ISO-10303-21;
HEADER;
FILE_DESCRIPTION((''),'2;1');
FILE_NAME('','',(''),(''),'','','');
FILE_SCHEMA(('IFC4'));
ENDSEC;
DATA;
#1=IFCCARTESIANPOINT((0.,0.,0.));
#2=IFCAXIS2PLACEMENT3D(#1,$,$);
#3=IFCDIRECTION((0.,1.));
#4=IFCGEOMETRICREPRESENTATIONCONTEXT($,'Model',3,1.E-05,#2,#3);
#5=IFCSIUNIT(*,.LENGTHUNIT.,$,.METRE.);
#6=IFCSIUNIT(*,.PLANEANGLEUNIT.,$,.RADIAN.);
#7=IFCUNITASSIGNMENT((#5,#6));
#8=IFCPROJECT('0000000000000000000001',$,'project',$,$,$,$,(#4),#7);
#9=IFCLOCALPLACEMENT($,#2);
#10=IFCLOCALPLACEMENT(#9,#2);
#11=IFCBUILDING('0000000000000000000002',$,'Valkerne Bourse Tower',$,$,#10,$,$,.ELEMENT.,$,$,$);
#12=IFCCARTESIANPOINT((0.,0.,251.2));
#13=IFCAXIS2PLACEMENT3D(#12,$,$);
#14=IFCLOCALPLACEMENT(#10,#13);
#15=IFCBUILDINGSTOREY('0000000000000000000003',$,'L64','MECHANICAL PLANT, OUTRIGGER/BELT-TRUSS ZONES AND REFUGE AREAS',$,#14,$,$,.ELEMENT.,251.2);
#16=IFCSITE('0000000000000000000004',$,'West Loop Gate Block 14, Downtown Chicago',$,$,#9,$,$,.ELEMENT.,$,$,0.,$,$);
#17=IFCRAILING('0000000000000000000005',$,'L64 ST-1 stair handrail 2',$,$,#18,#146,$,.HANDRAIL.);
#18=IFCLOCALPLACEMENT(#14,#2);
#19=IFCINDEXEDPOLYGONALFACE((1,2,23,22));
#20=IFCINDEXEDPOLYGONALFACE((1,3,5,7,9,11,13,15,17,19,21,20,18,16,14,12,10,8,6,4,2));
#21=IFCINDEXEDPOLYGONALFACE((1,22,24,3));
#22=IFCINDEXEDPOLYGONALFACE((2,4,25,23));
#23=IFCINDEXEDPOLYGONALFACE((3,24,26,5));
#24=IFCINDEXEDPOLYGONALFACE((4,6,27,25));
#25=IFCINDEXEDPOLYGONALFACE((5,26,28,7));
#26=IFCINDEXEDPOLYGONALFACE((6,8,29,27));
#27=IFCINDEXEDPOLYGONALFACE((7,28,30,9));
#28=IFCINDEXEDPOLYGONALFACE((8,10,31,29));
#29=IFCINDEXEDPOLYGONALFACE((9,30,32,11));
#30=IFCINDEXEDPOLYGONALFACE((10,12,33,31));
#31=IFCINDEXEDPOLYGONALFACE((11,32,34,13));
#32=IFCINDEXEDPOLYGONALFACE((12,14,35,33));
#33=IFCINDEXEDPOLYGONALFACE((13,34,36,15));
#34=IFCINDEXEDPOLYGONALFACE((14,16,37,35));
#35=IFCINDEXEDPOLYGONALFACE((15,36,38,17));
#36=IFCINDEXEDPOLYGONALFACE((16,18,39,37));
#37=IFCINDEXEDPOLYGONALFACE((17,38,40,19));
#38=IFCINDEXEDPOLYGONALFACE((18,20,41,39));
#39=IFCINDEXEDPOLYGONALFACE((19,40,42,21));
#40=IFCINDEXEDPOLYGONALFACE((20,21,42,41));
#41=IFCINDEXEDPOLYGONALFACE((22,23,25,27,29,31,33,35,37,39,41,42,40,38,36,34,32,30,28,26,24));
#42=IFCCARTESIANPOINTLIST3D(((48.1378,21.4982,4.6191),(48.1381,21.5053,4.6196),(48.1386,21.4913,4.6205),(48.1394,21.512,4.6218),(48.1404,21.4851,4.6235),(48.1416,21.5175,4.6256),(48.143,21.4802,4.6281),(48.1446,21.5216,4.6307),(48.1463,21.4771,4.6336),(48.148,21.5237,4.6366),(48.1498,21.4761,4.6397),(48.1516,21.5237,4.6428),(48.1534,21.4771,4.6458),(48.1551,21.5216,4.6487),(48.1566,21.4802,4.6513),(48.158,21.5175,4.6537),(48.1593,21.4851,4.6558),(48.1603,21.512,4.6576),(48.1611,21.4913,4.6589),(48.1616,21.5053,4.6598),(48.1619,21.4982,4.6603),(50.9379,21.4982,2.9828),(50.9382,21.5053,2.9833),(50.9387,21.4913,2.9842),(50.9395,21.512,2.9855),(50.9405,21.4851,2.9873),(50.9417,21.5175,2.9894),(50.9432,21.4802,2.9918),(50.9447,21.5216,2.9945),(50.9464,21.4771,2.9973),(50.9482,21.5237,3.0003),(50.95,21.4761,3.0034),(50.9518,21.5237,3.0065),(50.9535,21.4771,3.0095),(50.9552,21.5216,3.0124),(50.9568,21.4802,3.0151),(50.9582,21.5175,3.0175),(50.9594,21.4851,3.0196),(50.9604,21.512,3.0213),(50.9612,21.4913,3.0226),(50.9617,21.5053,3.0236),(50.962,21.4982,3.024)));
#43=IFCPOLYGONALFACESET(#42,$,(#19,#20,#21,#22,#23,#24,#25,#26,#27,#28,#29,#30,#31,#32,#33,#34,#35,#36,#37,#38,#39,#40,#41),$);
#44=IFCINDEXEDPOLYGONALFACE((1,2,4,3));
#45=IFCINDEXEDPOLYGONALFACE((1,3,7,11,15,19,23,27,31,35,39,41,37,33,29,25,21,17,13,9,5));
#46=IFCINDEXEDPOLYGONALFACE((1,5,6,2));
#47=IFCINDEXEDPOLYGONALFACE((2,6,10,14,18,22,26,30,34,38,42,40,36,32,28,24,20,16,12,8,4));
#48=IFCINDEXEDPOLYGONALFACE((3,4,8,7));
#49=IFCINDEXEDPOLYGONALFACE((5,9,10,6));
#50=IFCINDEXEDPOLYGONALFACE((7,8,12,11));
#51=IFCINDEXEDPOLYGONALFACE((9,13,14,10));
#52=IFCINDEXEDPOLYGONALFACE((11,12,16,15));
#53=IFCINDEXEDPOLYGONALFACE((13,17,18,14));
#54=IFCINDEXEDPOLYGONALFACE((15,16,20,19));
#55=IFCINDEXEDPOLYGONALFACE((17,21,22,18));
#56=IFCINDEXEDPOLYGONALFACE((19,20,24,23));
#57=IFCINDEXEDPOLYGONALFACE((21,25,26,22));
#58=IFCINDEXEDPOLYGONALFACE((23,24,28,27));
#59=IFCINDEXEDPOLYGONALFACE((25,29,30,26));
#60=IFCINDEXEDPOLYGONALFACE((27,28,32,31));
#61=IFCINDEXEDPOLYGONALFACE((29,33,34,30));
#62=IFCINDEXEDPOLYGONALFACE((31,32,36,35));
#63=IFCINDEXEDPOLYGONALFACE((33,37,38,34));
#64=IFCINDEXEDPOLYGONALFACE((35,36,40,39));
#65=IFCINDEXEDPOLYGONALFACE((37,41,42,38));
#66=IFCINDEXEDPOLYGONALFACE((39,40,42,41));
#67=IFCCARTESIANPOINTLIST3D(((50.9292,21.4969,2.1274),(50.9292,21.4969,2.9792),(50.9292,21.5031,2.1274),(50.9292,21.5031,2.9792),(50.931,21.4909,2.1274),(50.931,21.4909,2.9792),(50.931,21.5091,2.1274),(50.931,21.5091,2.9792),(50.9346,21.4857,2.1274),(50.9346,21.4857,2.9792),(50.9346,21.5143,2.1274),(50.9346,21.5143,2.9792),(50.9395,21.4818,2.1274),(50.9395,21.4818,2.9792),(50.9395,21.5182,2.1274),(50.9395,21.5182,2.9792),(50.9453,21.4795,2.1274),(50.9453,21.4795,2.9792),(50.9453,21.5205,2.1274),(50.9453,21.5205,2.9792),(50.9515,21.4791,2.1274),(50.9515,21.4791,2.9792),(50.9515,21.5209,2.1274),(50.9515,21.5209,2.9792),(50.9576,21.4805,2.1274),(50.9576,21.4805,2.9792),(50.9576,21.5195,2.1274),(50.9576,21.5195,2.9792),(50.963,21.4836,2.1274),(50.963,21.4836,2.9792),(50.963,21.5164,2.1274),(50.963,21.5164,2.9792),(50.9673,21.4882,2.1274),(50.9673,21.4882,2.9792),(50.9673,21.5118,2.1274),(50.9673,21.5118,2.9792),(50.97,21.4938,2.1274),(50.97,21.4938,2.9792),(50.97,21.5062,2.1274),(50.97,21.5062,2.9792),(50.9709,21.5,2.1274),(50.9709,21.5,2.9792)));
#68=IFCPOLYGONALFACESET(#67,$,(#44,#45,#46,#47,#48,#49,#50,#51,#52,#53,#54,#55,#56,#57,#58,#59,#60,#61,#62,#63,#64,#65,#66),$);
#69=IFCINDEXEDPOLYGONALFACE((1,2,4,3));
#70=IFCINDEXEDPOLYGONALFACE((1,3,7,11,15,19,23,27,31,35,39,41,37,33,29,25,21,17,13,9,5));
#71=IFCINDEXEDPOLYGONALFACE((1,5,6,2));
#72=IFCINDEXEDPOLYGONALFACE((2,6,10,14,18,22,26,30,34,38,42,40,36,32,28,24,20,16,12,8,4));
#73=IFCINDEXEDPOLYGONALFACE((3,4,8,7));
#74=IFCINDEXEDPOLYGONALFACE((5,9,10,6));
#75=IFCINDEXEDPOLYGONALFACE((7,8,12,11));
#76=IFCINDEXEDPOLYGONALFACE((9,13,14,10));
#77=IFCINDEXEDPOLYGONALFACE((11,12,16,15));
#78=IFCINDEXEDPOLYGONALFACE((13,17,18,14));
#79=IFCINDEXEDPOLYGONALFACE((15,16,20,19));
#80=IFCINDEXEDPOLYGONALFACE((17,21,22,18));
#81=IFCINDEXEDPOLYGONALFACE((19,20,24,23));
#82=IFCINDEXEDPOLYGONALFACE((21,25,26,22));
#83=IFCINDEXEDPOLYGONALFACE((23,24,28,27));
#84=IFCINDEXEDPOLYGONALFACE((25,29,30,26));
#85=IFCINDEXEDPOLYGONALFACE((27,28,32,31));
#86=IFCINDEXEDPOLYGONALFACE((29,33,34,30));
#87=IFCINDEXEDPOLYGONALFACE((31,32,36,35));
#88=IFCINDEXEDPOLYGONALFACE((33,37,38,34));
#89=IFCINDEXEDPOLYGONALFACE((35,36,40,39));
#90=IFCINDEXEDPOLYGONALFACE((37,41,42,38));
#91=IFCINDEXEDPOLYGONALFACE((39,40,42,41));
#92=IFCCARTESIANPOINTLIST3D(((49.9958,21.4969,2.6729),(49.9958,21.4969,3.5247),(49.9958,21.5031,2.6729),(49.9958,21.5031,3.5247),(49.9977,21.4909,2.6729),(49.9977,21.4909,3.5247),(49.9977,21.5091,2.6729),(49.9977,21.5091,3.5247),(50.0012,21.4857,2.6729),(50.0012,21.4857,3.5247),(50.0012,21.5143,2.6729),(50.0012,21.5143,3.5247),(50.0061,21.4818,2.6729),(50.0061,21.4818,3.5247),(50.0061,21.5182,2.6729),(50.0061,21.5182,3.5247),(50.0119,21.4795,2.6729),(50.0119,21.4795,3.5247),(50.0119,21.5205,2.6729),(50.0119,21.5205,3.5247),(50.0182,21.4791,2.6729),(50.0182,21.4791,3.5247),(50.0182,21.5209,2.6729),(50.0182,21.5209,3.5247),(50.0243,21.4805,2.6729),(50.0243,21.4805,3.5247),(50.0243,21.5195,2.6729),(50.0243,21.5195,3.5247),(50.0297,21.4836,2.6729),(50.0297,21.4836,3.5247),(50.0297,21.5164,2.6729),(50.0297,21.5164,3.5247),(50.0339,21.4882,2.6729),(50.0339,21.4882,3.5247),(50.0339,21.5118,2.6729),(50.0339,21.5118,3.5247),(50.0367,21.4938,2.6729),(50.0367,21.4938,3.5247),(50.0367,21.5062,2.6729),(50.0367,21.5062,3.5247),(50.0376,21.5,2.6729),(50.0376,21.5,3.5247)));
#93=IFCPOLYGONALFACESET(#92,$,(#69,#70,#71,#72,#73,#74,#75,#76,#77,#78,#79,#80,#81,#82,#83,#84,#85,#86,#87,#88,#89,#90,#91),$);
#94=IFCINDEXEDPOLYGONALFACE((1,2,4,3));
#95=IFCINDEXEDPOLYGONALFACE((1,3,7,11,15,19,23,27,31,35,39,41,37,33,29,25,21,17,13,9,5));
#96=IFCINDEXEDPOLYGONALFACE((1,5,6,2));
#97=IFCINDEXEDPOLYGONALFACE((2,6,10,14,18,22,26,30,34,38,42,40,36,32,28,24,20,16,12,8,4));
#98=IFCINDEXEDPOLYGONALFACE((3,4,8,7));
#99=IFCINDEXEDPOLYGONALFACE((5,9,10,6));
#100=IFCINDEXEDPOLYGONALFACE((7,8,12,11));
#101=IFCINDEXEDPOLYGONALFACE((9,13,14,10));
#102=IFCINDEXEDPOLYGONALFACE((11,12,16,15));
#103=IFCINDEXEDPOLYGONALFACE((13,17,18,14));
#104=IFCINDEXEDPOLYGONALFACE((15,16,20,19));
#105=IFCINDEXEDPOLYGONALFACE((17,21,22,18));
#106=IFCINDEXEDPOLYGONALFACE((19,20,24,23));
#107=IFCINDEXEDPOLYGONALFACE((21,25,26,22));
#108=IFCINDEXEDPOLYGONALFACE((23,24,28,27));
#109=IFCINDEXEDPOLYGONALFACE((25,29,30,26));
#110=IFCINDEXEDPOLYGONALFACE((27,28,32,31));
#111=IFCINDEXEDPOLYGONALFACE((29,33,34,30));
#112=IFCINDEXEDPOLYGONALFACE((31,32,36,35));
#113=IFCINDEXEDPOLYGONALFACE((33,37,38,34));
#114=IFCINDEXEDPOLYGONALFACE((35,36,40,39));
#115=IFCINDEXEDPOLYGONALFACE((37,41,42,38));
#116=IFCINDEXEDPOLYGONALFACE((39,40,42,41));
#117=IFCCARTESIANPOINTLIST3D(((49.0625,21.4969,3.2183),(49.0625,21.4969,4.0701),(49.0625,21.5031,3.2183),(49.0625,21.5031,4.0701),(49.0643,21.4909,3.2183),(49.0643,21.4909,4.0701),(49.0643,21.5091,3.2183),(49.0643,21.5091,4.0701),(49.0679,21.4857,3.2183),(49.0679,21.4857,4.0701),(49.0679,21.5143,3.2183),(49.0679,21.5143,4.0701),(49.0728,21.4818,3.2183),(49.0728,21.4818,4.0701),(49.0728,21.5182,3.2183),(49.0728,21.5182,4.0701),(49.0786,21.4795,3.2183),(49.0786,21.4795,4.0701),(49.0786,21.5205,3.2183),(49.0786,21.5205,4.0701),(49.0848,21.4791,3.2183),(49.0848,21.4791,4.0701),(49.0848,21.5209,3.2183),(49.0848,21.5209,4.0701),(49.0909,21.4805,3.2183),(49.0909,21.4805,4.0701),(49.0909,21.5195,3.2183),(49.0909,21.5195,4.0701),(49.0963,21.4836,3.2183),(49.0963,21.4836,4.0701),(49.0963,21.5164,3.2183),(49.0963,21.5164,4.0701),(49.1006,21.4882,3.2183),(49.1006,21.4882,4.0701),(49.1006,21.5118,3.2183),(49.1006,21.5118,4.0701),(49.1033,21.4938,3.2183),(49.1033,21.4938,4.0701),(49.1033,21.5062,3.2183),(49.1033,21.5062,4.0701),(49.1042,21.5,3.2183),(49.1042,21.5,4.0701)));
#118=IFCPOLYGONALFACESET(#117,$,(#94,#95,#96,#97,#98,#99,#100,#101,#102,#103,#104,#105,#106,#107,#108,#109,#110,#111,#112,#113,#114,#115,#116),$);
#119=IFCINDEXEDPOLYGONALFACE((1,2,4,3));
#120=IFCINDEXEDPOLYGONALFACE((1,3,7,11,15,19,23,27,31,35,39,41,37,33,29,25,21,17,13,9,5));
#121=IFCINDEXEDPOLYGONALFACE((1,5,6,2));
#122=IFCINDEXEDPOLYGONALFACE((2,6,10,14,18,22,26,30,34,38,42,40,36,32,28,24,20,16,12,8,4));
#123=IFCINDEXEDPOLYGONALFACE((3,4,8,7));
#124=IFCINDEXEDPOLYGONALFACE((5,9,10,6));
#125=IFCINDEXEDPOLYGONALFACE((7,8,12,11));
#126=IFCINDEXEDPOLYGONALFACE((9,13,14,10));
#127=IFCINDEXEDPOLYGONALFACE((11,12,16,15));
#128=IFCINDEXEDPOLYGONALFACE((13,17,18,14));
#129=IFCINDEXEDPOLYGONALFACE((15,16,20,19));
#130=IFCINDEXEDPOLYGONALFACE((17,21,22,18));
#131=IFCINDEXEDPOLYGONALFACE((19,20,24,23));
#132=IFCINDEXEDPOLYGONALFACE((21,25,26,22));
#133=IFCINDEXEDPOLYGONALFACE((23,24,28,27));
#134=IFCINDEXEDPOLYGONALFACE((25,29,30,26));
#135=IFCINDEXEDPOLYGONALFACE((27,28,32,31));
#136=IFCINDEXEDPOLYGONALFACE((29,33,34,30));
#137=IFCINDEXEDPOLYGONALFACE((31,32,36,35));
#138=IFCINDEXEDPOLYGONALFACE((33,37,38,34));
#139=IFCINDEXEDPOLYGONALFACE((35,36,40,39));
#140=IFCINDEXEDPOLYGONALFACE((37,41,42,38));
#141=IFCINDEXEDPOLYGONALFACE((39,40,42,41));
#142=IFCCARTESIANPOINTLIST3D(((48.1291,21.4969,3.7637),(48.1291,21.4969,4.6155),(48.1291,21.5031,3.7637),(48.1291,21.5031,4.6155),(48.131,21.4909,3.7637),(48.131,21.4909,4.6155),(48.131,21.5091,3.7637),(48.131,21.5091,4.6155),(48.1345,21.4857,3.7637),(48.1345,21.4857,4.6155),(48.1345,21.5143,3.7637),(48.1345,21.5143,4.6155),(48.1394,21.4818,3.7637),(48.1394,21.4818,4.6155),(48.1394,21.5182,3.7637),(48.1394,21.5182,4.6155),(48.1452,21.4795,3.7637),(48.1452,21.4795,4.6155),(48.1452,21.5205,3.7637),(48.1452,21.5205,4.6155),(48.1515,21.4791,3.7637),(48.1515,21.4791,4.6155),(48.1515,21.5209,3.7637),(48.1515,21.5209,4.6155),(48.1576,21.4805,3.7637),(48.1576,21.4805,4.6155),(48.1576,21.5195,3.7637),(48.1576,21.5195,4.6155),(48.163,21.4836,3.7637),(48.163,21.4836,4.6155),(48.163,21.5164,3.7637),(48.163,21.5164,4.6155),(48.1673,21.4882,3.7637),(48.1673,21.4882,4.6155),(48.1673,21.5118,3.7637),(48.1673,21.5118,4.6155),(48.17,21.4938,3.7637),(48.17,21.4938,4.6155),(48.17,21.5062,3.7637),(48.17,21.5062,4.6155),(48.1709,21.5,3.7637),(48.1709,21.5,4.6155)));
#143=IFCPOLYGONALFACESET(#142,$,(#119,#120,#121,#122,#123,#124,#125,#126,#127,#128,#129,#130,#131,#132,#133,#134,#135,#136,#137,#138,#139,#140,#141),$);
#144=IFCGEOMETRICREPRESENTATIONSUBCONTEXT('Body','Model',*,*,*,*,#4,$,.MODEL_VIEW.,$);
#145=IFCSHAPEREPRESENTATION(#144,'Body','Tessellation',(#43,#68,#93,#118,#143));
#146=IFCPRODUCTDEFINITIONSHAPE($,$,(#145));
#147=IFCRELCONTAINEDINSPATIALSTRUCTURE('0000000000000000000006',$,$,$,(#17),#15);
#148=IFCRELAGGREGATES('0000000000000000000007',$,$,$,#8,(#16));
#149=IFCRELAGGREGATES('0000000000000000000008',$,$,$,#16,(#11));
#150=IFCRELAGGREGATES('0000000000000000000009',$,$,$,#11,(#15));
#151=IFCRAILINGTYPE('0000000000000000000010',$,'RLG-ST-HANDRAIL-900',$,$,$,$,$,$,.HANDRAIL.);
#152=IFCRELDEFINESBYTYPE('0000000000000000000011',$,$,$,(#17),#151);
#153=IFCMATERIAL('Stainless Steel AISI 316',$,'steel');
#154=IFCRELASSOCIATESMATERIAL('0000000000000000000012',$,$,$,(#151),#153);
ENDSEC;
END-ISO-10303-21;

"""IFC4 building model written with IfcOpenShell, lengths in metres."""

from ifc_helpers import new_model, si_unit, direction, frame, origin, origin_2d, place, context, subcontext, project, spatial, circle, extrude, material, type_object, element, save


model = new_model("IFC4")

# Units and contexts
model_context = context("Model", 3, precision=1e-05, world=origin(), true_north=direction((0.0, 1.0)))
body_context = subcontext(model_context, "Body", "Model", "MODEL_VIEW")
ifc_project = project(units=[si_unit("LENGTHUNIT", "METRE"), si_unit("PLANEANGLEUNIT", "RADIAN")], contexts=[model_context])

# Site, building, storey
site_placement = place(None, origin())
site = spatial("IfcSite", under=ifc_project, at=site_placement, Name="West Loop Gate Block 14, Downtown Chicago", CompositionType="ELEMENT", RefElevation=0.0)
building_placement = place(site_placement, origin())
building = spatial("IfcBuilding", under=site, at=building_placement, Name="Valkerne Bourse Tower", CompositionType="ELEMENT")
storey_placement = place(building_placement, frame((0.0, 0.0, 251.2)))
storey = spatial("IfcBuildingStorey", under=building, at=storey_placement, Name="L64", Description="MECHANICAL PLANT, OUTRIGGER/BELT-TRUSS ZONES AND REFUGE AREAS", CompositionType="ELEMENT", Elevation=251.2)

# Shared definitions
ifc_material_1 = material(Name="Stainless Steel AISI 316", Category="steel")

# Railing
railing_type_1 = type_object("IfcRailingType", Name="RLG-ST-HANDRAIL-900", PredefinedType="HANDRAIL", material=ifc_material_1)
railing_1_placement = place(storey_placement, frame((50.95, 21.5, 2.1274)))
element("IfcRailing", 1, at=railing_1_placement, inside=storey, type_object=railing_type_1, Name="L64 ST-1 stair handrail 2", PredefinedType="HANDRAIL", context=body_context, shape_type="SweptSolid", body=[
    extrude(circle(Radius=0.0239, at=origin_2d()), frame((0.0, 0.0, 0.876), z_axis=(-0.863394, 0.0, 0.504531), x_axis=(0.0, -1.0, 0.0)), (0.0, 0.0, 1.0), 3.2432),
    extrude(circle(Radius=0.021, at=origin_2d()), origin(), (0.0, 0.0, 1.0), 0.8518),
    extrude(circle(Radius=0.021, at=origin_2d()), frame((-0.9333, 0.0, 0.5454)), (0.0, 0.0, 1.0), 0.8518),
    extrude(circle(Radius=0.021, at=origin_2d()), frame((-1.8667, 0.0, 1.0908)), (0.0, 0.0, 1.0), 0.8518),
    extrude(circle(Radius=0.021, at=origin_2d()), frame((-2.8, 0.0, 1.6362)), (0.0, 0.0, 1.0), 0.8518),
])

save(model, "model.ifc")
